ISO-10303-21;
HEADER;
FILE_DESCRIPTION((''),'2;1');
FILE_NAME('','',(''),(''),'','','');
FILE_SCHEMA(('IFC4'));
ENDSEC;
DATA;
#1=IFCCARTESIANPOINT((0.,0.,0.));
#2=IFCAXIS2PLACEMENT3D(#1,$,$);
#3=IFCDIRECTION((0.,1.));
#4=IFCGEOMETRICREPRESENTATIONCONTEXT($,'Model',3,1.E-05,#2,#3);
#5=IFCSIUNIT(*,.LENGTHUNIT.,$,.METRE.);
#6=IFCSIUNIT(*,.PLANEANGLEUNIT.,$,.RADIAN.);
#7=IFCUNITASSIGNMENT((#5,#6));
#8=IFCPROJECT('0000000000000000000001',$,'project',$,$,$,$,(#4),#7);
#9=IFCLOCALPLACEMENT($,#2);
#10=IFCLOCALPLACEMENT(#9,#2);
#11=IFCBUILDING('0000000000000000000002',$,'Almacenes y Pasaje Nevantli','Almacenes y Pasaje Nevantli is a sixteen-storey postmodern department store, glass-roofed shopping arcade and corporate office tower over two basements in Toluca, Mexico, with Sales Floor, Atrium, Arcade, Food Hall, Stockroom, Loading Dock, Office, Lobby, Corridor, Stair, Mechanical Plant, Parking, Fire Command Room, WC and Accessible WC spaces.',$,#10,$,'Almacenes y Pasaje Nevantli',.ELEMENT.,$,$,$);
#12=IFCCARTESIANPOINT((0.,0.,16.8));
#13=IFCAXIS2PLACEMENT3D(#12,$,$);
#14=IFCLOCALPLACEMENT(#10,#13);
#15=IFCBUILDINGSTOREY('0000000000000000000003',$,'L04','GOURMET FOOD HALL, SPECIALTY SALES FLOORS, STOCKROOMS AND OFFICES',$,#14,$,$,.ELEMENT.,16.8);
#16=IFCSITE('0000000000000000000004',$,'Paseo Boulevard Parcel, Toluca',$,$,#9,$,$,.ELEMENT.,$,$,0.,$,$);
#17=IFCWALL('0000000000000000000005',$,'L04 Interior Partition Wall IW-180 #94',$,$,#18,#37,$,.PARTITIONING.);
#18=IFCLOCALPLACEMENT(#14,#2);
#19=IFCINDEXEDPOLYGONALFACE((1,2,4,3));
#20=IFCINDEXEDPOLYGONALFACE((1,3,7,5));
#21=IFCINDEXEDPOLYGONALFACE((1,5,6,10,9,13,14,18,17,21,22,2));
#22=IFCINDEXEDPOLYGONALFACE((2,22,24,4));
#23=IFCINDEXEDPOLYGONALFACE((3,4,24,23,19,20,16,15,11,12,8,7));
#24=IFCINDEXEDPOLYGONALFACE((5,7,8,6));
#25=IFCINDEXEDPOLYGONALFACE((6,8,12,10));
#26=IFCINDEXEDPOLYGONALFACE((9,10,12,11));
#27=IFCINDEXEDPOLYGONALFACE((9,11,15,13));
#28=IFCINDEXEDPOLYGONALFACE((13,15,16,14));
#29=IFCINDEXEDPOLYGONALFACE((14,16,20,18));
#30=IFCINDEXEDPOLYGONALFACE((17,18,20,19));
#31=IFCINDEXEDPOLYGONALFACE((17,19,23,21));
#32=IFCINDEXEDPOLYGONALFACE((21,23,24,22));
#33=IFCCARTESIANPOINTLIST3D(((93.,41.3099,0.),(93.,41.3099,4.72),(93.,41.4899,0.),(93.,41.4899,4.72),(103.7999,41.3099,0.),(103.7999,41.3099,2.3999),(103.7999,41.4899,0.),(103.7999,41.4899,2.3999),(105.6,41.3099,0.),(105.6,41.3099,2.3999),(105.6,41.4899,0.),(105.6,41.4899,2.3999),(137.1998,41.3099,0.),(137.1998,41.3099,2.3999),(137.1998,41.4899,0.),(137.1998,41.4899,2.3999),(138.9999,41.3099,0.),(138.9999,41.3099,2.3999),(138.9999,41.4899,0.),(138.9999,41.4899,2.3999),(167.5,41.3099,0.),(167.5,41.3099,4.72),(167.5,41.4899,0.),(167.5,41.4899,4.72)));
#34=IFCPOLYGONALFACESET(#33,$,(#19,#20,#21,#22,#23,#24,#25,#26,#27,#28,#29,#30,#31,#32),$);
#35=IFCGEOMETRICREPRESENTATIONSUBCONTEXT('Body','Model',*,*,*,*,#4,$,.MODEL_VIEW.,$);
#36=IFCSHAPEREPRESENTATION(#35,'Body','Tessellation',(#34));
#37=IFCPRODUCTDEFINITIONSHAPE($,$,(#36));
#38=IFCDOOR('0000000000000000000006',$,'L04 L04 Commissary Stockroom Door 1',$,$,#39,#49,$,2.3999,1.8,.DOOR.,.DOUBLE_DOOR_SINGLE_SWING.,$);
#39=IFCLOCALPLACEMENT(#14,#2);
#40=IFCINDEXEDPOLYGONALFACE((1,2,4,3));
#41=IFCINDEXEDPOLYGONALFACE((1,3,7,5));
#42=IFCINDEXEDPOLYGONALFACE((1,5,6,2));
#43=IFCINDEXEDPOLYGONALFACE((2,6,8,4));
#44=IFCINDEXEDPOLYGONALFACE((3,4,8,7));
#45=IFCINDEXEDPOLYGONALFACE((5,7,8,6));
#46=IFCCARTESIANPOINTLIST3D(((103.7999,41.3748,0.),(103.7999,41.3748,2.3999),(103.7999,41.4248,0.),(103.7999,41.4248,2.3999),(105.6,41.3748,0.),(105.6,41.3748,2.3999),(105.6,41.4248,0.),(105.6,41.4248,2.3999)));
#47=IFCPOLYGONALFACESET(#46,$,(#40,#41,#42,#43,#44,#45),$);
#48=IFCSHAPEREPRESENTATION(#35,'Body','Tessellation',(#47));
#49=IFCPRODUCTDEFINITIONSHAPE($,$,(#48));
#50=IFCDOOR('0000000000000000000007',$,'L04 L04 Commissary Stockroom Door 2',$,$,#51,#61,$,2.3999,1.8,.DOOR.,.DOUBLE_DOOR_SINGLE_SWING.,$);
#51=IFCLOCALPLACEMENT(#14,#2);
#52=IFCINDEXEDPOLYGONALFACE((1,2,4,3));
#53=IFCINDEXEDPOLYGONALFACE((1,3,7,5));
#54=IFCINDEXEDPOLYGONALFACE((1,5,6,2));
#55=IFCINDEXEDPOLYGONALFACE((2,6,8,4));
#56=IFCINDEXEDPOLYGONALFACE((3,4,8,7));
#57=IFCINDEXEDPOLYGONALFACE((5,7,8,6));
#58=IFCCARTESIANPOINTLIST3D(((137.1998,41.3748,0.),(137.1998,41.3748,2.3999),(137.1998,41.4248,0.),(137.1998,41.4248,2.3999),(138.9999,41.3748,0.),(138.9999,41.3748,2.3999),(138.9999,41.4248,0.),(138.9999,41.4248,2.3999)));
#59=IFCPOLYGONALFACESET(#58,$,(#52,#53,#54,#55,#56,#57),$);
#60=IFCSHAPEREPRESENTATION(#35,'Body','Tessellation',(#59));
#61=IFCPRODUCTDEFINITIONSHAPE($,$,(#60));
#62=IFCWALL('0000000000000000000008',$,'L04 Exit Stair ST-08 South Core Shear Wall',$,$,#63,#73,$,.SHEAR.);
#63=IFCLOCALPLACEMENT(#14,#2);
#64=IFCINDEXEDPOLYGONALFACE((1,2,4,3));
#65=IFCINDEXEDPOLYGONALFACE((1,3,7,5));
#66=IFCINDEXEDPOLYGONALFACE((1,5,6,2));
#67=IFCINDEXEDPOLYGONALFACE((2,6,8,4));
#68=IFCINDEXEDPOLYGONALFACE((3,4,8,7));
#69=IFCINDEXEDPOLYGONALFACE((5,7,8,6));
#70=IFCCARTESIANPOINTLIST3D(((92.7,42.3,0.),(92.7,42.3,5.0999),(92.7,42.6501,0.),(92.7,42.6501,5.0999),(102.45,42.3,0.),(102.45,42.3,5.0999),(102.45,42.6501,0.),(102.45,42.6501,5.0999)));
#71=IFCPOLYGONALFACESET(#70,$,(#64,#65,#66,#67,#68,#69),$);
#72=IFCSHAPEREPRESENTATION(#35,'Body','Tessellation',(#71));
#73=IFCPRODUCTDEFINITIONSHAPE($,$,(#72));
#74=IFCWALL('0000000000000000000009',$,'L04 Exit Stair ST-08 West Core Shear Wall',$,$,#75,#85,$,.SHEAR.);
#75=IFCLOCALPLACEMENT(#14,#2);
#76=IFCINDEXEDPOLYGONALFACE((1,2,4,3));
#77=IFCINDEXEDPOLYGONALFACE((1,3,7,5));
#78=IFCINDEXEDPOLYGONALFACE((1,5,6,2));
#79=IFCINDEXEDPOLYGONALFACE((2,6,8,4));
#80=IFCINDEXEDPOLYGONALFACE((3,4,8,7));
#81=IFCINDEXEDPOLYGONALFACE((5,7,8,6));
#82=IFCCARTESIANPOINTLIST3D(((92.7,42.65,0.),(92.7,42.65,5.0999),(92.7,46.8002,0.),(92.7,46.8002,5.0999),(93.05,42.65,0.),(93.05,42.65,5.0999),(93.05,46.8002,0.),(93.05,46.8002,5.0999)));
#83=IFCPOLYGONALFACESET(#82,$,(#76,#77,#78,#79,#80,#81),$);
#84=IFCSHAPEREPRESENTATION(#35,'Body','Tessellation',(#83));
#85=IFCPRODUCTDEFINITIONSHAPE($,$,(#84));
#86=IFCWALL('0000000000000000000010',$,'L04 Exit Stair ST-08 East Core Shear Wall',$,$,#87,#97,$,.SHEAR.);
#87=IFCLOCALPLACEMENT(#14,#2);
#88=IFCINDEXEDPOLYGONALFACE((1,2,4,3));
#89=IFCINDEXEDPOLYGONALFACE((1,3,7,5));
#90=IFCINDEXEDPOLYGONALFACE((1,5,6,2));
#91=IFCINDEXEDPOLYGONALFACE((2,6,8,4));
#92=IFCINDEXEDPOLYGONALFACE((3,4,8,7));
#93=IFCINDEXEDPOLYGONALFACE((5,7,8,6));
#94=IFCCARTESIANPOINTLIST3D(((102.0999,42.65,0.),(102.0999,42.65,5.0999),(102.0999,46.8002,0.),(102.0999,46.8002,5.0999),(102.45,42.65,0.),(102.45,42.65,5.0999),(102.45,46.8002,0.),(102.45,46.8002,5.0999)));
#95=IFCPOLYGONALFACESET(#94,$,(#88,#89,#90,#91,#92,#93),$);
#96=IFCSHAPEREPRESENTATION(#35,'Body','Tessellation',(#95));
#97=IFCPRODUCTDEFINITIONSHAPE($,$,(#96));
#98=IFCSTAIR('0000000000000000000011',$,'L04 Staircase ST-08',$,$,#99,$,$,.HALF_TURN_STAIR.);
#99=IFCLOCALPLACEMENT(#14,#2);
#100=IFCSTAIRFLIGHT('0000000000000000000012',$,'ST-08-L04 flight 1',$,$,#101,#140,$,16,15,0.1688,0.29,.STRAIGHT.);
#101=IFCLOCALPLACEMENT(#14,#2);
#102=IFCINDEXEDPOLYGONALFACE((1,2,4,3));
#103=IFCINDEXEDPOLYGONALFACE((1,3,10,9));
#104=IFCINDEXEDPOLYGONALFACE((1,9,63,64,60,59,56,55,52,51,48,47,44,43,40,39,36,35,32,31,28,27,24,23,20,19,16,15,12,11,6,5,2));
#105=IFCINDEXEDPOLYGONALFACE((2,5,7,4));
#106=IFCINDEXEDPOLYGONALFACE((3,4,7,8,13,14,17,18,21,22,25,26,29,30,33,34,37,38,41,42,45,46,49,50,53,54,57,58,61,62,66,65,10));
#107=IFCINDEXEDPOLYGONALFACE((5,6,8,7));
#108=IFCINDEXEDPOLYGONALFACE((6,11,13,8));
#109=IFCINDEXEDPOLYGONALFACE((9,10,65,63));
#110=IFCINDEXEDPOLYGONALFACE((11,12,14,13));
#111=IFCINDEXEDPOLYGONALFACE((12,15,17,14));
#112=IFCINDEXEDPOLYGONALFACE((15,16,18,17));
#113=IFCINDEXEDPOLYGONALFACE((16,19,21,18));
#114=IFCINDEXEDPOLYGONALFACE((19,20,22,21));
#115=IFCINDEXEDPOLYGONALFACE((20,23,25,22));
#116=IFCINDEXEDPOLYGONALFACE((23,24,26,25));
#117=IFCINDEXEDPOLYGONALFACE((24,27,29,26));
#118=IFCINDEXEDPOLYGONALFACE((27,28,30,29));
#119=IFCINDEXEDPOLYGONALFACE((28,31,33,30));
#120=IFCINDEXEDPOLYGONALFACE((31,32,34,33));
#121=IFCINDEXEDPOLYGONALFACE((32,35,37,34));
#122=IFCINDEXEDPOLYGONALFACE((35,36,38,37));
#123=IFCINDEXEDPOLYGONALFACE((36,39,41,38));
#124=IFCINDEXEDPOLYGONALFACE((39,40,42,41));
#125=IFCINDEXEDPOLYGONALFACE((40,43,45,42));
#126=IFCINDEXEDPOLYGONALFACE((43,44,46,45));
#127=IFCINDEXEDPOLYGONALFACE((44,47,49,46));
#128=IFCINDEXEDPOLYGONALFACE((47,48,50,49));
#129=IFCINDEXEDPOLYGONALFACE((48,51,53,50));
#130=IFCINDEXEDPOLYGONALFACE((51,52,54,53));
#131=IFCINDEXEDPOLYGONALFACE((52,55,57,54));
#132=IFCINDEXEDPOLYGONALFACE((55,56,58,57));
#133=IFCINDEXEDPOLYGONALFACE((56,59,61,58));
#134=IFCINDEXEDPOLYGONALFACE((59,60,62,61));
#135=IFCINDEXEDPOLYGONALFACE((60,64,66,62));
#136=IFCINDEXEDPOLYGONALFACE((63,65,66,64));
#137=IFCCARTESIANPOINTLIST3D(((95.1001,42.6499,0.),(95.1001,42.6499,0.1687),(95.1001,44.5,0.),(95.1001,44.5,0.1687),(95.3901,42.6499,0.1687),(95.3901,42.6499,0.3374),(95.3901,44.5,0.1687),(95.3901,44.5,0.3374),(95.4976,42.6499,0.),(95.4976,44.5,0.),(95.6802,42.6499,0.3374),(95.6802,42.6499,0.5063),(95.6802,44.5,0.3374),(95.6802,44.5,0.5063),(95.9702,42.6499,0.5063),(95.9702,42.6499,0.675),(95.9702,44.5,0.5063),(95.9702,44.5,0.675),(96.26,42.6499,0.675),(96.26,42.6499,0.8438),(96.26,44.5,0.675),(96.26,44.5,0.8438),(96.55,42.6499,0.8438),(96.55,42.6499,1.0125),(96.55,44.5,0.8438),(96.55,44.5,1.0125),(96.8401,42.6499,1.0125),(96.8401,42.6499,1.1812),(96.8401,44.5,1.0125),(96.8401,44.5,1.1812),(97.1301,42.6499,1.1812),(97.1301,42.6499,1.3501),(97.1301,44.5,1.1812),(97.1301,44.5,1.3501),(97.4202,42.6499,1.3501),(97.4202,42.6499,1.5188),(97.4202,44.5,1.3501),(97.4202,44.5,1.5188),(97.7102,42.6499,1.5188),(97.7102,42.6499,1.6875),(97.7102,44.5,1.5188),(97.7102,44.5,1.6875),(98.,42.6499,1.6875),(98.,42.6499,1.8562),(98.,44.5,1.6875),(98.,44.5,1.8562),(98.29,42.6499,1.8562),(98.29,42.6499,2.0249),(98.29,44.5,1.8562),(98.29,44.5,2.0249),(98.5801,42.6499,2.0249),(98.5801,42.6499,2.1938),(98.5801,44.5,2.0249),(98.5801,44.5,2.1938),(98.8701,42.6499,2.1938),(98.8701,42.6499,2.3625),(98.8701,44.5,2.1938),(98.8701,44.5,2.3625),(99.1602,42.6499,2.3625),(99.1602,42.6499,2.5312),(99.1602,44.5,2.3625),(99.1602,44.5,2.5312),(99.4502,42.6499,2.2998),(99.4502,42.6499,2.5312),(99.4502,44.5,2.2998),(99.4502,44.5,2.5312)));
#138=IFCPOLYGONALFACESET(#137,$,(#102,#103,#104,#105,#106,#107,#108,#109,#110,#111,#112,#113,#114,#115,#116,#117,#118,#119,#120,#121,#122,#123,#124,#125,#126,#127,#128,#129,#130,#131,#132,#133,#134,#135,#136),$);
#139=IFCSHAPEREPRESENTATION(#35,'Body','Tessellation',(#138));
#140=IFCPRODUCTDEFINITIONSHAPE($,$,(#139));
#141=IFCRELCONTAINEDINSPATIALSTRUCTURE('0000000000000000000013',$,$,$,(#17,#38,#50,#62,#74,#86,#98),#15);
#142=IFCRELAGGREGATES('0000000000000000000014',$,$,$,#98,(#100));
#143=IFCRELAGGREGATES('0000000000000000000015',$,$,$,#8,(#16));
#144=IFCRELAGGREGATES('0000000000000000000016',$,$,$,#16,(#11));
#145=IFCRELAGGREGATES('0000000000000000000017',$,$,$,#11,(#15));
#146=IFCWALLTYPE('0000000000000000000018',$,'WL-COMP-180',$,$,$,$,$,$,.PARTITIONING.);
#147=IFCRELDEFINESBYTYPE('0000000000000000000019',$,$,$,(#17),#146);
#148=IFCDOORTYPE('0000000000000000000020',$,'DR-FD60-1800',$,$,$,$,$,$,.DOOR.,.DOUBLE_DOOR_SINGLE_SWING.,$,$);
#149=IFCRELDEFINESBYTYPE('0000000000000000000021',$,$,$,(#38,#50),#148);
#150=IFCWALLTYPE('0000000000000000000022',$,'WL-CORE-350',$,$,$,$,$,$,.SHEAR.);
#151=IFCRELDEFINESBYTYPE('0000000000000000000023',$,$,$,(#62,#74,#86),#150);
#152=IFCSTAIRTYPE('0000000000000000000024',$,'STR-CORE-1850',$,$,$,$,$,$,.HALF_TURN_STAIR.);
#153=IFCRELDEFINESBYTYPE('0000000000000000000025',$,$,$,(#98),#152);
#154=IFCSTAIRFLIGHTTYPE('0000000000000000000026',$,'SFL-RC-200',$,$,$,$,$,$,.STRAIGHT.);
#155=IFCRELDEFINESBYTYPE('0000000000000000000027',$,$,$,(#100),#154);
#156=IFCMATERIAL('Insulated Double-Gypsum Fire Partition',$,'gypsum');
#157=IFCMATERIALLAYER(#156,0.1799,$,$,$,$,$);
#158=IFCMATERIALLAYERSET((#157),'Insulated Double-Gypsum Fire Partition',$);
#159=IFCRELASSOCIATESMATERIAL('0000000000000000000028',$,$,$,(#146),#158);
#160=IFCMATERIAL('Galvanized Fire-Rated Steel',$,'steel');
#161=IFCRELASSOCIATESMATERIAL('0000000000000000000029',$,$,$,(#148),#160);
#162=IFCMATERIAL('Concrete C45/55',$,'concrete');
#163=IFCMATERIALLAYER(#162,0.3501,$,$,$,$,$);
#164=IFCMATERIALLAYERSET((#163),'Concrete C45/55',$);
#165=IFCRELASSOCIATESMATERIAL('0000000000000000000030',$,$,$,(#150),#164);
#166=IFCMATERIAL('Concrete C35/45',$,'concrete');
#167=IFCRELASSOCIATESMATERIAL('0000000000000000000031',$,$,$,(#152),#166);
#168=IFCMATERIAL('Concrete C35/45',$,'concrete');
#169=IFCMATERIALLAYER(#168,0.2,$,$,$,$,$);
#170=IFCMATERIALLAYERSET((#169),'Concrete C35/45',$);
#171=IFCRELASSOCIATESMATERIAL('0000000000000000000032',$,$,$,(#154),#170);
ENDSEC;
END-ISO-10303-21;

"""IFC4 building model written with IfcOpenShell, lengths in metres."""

from ifc_helpers import new_model, si_unit, direction, frame, frame_2d, origin, place, context, subcontext, project, spatial, polyline, rectangle, outline, extrude, material, layer, layer_set, type_object, element, fill, aggregate, save


model = new_model("IFC4")

# Units and contexts
model_context = context("Model", 3, precision=1e-05, world=origin(), true_north=direction((0.0, 1.0)))
body_context = subcontext(model_context, "Body", "Model", "MODEL_VIEW")
ifc_project = project(units=[si_unit("LENGTHUNIT", "METRE"), si_unit("PLANEANGLEUNIT", "RADIAN")], contexts=[model_context])

# Site, building, storey
site_placement = place(None, origin())
site = spatial("IfcSite", under=ifc_project, at=site_placement, Name="Paseo Boulevard Parcel, Toluca", CompositionType="ELEMENT", RefElevation=0.0)
building_placement = place(site_placement, origin())
building = spatial("IfcBuilding", under=site, at=building_placement, Name="Almacenes y Pasaje Nevantli", Description="Almacenes y Pasaje Nevantli is a sixteen-storey postmodern department store, glass-roofed shopping arcade and corporate office tower over two basements in Toluca, Mexico, with Sales Floor, Atrium, Arcade, Food Hall, Stockroom, Loading Dock, Office, Lobby, Corridor, Stair, Mechanical Plant, Parking, Fire Command Room, WC and Accessible WC spaces.", LongName="Almacenes y Pasaje Nevantli", CompositionType="ELEMENT")
storey_placement = place(building_placement, frame((0.0, 0.0, 16.8)))
storey = spatial("IfcBuildingStorey", under=building, at=storey_placement, Name="L04", Description="GOURMET FOOD HALL, SPECIALTY SALES FLOORS, STOCKROOMS AND OFFICES", CompositionType="ELEMENT", Elevation=16.8)

# Wall, openings, doors
ifc_material_1 = material(Name="Insulated Double-Gypsum Fire Partition", Category="gypsum")
ifc_layer_1 = layer(ifc_material_1, 0.1799)
ifc_layer_set_1 = layer_set([ifc_layer_1], Name="Insulated Double-Gypsum Fire Partition")
wall_type_1 = type_object("IfcWallType", Name="WL-COMP-180", PredefinedType="PARTITIONING", material=ifc_layer_set_1)
wall_1_placement = place(storey_placement, frame((93.0, 41.3999, 0.0), z_axis=(0.0, 0.0, 1.0), x_axis=(1.0, 0.0, 0.0)))
wall_1 = element("IfcWall", 1, at=wall_1_placement, inside=storey, type_object=wall_type_1, Name="L04 Interior Partition Wall IW-180 #94", PredefinedType="PARTITIONING", context=body_context, shape_type="SweptSolid", body=[
    extrude(rectangle(XDim=74.5, YDim=0.1799, at=frame_2d((37.25, 0.0))), origin(), (0.0, 0.0, 1.0), 4.72),
])
opening_1_placement = place(wall_1_placement, frame((10.8, 0.0, 0.0)))
opening_1 = element("IfcOpeningElement", 2, at=opening_1_placement, cuts=wall_1, PredefinedType="OPENING", context=body_context, shape_type="SweptSolid", body=[
    extrude(rectangle(XDim=1.8, YDim=2.3999, at=frame_2d((0.8999, 1.2))), frame((0.0, 0.0999, 0.0), z_axis=(0.0, -1.0, 0.0), x_axis=(1.0, 0.0, 0.0)), (0.0, 0.0, 1.0), 0.2),
])
opening_2_placement = place(wall_1_placement, frame((44.2, 0.0, 0.0)))
opening_2 = element("IfcOpeningElement", 3, at=opening_2_placement, cuts=wall_1, PredefinedType="OPENING", context=body_context, shape_type="SweptSolid", body=[
    extrude(rectangle(XDim=1.8, YDim=2.3999, at=frame_2d((0.8999, 1.2))), frame((0.0, 0.0999, 0.0), z_axis=(0.0, -1.0, 0.0), x_axis=(1.0, 0.0, 0.0)), (0.0, 0.0, 1.0), 0.2),
])
ifc_material_2 = material(Name="Galvanized Fire-Rated Steel", Category="steel")
door_type = type_object("IfcDoorType", Name="DR-FD60-1800", OperationType="DOUBLE_DOOR_SINGLE_SWING", PredefinedType="DOOR", material=ifc_material_2)
door_1_placement = place(opening_1_placement, origin())
door_1 = element("IfcDoor", 4, at=door_1_placement, inside=storey, type_object=door_type, Name="L04 L04 Commissary Stockroom Door 1", OperationType="DOUBLE_DOOR_SINGLE_SWING", OverallHeight=2.3999, OverallWidth=1.8, PredefinedType="DOOR", context=body_context, shape_type="SweptSolid", body=[
    extrude(rectangle(XDim=1.8, YDim=2.3999, at=frame_2d((0.8999, 1.2))), frame((0.0, 0.0249, 0.0), z_axis=(0.0, -1.0, 0.0), x_axis=(1.0, 0.0, 0.0)), (0.0, 0.0, 1.0), 0.05),
])
fill(opening_1, door_1)
door_2_placement = place(opening_2_placement, origin())
door_2 = element("IfcDoor", 5, at=door_2_placement, inside=storey, type_object=door_type, Name="L04 L04 Commissary Stockroom Door 2", OperationType="DOUBLE_DOOR_SINGLE_SWING", OverallHeight=2.3999, OverallWidth=1.8, PredefinedType="DOOR", context=body_context, shape_type="SweptSolid", body=[
    extrude(rectangle(XDim=1.8, YDim=2.3999, at=frame_2d((0.8999, 1.2))), frame((0.0, 0.0249, 0.0), z_axis=(0.0, -1.0, 0.0), x_axis=(1.0, 0.0, 0.0)), (0.0, 0.0, 1.0), 0.05),
])
fill(opening_2, door_2)

# Walls
ifc_material_3 = material(Name="Concrete C45/55", Category="concrete")
ifc_layer_2 = layer(ifc_material_3, 0.3501)
ifc_layer_set_2 = layer_set([ifc_layer_2], Name="Concrete C45/55")
wall_type_2 = type_object("IfcWallType", Name="WL-CORE-350", PredefinedType="SHEAR", material=ifc_layer_set_2)
wall_2_placement = place(storey_placement, frame((92.7, 42.4751, 0.0), z_axis=(0.0, 0.0, 1.0), x_axis=(1.0, 0.0, 0.0)))
element("IfcWall", 6, at=wall_2_placement, inside=storey, type_object=wall_type_2, Name="L04 Exit Stair ST-08 South Core Shear Wall", PredefinedType="SHEAR", context=body_context, shape_type="SweptSolid", body=[
    extrude(rectangle(XDim=9.75, YDim=0.3501, at=frame_2d((4.875, 0.0))), origin(), (0.0, 0.0, 1.0), 5.0999),
])
for number, where, z_axis, x_axis, name in (
    (7, (92.875, 42.6499, 0.0), (0.0, 0.0, 1.0), (0.0, 1.0, 0.0), "L04 Exit Stair ST-08 West Core Shear Wall"),
    (8, (102.2749, 42.6499, 0.0), (0.0, 0.0, 1.0), (0.0, 1.0, 0.0), "L04 Exit Stair ST-08 East Core Shear Wall"),
):
    element("IfcWall", number, at=place(storey_placement, frame(where, z_axis=z_axis, x_axis=x_axis)), inside=storey, type_object=wall_type_2, Name=name, PredefinedType="SHEAR", context=body_context, shape_type="SweptSolid", body=[
        extrude(rectangle(XDim=4.1501, YDim=0.3501, at=frame_2d((2.0752, 0.0))), origin(), (0.0, 0.0, 1.0), 5.0999),
    ])

# Stair, stair flight
ifc_material_4 = material(Name="Concrete C35/45", Category="concrete")
stair_type = type_object("IfcStairType", Name="STR-CORE-1850", PredefinedType="HALF_TURN_STAIR", material=ifc_material_4)
stair_placement = place(storey_placement, origin())
stair = element("IfcStair", 9, at=stair_placement, inside=storey, type_object=stair_type, Name="L04 Staircase ST-08", PredefinedType="HALF_TURN_STAIR")
ifc_material_5 = material(Name="Concrete C35/45", Category="concrete")
ifc_layer_3 = layer(ifc_material_5, 0.2)
ifc_layer_set_3 = layer_set([ifc_layer_3], Name="Concrete C35/45")
stair_flight_type = type_object("IfcStairFlightType", Name="SFL-RC-200", PredefinedType="STRAIGHT", material=ifc_layer_set_3)
stair_flight_1_placement = place(storey_placement, frame((95.1001, 43.575, 0.0), z_axis=(0.0, 0.0, 1.0), x_axis=(1.0, 0.0, 0.0)))
stair_flight_1 = element("IfcStairFlight", 10, at=stair_flight_1_placement, type_object=stair_flight_type, Name="ST-08-L04 flight 1", NumberOfRisers=16, NumberOfTreads=15, PredefinedType="STRAIGHT", RiserHeight=0.1688, TreadLength=0.29, context=body_context, shape_type="SweptSolid", body=[
    extrude(outline(polyline([(0.0, 0.0), (0.0, 0.1687), (0.29, 0.1687), (0.29, 0.3374), (0.5801, 0.3374), (0.5801, 0.5063), (0.8701, 0.5063), (0.8701, 0.675), (1.1599, 0.675), (1.1599, 0.8438), (1.45, 0.8438), (1.45, 1.0125), (1.74, 1.0125), (1.74, 1.1812), (2.03, 1.1812), (2.03, 1.3501), (2.3201, 1.3501), (2.3201, 1.5188), (2.6101, 1.5188), (2.6101, 1.6875), (2.8999, 1.6875), (2.8999, 1.8562), (3.1899, 1.8562), (3.1899, 2.0249), (3.48, 2.0249), (3.48, 2.1938), (3.77, 2.1938), (3.77, 2.3625), (4.0601, 2.3625), (4.0601, 2.5312), (4.3501, 2.5312), (4.3501, 2.7), (4.3501, 2.2998), (0.3975, 0.0), (0.0, 0.0)])), frame((0.0, 0.925, 0.0), z_axis=(0.0, -1.0, 0.0), x_axis=(1.0, 0.0, 0.0)), (0.0, 0.0, 1.0), 1.8501),
])
aggregate(stair, [stair_flight_1])

save(model, "model.ifc")
